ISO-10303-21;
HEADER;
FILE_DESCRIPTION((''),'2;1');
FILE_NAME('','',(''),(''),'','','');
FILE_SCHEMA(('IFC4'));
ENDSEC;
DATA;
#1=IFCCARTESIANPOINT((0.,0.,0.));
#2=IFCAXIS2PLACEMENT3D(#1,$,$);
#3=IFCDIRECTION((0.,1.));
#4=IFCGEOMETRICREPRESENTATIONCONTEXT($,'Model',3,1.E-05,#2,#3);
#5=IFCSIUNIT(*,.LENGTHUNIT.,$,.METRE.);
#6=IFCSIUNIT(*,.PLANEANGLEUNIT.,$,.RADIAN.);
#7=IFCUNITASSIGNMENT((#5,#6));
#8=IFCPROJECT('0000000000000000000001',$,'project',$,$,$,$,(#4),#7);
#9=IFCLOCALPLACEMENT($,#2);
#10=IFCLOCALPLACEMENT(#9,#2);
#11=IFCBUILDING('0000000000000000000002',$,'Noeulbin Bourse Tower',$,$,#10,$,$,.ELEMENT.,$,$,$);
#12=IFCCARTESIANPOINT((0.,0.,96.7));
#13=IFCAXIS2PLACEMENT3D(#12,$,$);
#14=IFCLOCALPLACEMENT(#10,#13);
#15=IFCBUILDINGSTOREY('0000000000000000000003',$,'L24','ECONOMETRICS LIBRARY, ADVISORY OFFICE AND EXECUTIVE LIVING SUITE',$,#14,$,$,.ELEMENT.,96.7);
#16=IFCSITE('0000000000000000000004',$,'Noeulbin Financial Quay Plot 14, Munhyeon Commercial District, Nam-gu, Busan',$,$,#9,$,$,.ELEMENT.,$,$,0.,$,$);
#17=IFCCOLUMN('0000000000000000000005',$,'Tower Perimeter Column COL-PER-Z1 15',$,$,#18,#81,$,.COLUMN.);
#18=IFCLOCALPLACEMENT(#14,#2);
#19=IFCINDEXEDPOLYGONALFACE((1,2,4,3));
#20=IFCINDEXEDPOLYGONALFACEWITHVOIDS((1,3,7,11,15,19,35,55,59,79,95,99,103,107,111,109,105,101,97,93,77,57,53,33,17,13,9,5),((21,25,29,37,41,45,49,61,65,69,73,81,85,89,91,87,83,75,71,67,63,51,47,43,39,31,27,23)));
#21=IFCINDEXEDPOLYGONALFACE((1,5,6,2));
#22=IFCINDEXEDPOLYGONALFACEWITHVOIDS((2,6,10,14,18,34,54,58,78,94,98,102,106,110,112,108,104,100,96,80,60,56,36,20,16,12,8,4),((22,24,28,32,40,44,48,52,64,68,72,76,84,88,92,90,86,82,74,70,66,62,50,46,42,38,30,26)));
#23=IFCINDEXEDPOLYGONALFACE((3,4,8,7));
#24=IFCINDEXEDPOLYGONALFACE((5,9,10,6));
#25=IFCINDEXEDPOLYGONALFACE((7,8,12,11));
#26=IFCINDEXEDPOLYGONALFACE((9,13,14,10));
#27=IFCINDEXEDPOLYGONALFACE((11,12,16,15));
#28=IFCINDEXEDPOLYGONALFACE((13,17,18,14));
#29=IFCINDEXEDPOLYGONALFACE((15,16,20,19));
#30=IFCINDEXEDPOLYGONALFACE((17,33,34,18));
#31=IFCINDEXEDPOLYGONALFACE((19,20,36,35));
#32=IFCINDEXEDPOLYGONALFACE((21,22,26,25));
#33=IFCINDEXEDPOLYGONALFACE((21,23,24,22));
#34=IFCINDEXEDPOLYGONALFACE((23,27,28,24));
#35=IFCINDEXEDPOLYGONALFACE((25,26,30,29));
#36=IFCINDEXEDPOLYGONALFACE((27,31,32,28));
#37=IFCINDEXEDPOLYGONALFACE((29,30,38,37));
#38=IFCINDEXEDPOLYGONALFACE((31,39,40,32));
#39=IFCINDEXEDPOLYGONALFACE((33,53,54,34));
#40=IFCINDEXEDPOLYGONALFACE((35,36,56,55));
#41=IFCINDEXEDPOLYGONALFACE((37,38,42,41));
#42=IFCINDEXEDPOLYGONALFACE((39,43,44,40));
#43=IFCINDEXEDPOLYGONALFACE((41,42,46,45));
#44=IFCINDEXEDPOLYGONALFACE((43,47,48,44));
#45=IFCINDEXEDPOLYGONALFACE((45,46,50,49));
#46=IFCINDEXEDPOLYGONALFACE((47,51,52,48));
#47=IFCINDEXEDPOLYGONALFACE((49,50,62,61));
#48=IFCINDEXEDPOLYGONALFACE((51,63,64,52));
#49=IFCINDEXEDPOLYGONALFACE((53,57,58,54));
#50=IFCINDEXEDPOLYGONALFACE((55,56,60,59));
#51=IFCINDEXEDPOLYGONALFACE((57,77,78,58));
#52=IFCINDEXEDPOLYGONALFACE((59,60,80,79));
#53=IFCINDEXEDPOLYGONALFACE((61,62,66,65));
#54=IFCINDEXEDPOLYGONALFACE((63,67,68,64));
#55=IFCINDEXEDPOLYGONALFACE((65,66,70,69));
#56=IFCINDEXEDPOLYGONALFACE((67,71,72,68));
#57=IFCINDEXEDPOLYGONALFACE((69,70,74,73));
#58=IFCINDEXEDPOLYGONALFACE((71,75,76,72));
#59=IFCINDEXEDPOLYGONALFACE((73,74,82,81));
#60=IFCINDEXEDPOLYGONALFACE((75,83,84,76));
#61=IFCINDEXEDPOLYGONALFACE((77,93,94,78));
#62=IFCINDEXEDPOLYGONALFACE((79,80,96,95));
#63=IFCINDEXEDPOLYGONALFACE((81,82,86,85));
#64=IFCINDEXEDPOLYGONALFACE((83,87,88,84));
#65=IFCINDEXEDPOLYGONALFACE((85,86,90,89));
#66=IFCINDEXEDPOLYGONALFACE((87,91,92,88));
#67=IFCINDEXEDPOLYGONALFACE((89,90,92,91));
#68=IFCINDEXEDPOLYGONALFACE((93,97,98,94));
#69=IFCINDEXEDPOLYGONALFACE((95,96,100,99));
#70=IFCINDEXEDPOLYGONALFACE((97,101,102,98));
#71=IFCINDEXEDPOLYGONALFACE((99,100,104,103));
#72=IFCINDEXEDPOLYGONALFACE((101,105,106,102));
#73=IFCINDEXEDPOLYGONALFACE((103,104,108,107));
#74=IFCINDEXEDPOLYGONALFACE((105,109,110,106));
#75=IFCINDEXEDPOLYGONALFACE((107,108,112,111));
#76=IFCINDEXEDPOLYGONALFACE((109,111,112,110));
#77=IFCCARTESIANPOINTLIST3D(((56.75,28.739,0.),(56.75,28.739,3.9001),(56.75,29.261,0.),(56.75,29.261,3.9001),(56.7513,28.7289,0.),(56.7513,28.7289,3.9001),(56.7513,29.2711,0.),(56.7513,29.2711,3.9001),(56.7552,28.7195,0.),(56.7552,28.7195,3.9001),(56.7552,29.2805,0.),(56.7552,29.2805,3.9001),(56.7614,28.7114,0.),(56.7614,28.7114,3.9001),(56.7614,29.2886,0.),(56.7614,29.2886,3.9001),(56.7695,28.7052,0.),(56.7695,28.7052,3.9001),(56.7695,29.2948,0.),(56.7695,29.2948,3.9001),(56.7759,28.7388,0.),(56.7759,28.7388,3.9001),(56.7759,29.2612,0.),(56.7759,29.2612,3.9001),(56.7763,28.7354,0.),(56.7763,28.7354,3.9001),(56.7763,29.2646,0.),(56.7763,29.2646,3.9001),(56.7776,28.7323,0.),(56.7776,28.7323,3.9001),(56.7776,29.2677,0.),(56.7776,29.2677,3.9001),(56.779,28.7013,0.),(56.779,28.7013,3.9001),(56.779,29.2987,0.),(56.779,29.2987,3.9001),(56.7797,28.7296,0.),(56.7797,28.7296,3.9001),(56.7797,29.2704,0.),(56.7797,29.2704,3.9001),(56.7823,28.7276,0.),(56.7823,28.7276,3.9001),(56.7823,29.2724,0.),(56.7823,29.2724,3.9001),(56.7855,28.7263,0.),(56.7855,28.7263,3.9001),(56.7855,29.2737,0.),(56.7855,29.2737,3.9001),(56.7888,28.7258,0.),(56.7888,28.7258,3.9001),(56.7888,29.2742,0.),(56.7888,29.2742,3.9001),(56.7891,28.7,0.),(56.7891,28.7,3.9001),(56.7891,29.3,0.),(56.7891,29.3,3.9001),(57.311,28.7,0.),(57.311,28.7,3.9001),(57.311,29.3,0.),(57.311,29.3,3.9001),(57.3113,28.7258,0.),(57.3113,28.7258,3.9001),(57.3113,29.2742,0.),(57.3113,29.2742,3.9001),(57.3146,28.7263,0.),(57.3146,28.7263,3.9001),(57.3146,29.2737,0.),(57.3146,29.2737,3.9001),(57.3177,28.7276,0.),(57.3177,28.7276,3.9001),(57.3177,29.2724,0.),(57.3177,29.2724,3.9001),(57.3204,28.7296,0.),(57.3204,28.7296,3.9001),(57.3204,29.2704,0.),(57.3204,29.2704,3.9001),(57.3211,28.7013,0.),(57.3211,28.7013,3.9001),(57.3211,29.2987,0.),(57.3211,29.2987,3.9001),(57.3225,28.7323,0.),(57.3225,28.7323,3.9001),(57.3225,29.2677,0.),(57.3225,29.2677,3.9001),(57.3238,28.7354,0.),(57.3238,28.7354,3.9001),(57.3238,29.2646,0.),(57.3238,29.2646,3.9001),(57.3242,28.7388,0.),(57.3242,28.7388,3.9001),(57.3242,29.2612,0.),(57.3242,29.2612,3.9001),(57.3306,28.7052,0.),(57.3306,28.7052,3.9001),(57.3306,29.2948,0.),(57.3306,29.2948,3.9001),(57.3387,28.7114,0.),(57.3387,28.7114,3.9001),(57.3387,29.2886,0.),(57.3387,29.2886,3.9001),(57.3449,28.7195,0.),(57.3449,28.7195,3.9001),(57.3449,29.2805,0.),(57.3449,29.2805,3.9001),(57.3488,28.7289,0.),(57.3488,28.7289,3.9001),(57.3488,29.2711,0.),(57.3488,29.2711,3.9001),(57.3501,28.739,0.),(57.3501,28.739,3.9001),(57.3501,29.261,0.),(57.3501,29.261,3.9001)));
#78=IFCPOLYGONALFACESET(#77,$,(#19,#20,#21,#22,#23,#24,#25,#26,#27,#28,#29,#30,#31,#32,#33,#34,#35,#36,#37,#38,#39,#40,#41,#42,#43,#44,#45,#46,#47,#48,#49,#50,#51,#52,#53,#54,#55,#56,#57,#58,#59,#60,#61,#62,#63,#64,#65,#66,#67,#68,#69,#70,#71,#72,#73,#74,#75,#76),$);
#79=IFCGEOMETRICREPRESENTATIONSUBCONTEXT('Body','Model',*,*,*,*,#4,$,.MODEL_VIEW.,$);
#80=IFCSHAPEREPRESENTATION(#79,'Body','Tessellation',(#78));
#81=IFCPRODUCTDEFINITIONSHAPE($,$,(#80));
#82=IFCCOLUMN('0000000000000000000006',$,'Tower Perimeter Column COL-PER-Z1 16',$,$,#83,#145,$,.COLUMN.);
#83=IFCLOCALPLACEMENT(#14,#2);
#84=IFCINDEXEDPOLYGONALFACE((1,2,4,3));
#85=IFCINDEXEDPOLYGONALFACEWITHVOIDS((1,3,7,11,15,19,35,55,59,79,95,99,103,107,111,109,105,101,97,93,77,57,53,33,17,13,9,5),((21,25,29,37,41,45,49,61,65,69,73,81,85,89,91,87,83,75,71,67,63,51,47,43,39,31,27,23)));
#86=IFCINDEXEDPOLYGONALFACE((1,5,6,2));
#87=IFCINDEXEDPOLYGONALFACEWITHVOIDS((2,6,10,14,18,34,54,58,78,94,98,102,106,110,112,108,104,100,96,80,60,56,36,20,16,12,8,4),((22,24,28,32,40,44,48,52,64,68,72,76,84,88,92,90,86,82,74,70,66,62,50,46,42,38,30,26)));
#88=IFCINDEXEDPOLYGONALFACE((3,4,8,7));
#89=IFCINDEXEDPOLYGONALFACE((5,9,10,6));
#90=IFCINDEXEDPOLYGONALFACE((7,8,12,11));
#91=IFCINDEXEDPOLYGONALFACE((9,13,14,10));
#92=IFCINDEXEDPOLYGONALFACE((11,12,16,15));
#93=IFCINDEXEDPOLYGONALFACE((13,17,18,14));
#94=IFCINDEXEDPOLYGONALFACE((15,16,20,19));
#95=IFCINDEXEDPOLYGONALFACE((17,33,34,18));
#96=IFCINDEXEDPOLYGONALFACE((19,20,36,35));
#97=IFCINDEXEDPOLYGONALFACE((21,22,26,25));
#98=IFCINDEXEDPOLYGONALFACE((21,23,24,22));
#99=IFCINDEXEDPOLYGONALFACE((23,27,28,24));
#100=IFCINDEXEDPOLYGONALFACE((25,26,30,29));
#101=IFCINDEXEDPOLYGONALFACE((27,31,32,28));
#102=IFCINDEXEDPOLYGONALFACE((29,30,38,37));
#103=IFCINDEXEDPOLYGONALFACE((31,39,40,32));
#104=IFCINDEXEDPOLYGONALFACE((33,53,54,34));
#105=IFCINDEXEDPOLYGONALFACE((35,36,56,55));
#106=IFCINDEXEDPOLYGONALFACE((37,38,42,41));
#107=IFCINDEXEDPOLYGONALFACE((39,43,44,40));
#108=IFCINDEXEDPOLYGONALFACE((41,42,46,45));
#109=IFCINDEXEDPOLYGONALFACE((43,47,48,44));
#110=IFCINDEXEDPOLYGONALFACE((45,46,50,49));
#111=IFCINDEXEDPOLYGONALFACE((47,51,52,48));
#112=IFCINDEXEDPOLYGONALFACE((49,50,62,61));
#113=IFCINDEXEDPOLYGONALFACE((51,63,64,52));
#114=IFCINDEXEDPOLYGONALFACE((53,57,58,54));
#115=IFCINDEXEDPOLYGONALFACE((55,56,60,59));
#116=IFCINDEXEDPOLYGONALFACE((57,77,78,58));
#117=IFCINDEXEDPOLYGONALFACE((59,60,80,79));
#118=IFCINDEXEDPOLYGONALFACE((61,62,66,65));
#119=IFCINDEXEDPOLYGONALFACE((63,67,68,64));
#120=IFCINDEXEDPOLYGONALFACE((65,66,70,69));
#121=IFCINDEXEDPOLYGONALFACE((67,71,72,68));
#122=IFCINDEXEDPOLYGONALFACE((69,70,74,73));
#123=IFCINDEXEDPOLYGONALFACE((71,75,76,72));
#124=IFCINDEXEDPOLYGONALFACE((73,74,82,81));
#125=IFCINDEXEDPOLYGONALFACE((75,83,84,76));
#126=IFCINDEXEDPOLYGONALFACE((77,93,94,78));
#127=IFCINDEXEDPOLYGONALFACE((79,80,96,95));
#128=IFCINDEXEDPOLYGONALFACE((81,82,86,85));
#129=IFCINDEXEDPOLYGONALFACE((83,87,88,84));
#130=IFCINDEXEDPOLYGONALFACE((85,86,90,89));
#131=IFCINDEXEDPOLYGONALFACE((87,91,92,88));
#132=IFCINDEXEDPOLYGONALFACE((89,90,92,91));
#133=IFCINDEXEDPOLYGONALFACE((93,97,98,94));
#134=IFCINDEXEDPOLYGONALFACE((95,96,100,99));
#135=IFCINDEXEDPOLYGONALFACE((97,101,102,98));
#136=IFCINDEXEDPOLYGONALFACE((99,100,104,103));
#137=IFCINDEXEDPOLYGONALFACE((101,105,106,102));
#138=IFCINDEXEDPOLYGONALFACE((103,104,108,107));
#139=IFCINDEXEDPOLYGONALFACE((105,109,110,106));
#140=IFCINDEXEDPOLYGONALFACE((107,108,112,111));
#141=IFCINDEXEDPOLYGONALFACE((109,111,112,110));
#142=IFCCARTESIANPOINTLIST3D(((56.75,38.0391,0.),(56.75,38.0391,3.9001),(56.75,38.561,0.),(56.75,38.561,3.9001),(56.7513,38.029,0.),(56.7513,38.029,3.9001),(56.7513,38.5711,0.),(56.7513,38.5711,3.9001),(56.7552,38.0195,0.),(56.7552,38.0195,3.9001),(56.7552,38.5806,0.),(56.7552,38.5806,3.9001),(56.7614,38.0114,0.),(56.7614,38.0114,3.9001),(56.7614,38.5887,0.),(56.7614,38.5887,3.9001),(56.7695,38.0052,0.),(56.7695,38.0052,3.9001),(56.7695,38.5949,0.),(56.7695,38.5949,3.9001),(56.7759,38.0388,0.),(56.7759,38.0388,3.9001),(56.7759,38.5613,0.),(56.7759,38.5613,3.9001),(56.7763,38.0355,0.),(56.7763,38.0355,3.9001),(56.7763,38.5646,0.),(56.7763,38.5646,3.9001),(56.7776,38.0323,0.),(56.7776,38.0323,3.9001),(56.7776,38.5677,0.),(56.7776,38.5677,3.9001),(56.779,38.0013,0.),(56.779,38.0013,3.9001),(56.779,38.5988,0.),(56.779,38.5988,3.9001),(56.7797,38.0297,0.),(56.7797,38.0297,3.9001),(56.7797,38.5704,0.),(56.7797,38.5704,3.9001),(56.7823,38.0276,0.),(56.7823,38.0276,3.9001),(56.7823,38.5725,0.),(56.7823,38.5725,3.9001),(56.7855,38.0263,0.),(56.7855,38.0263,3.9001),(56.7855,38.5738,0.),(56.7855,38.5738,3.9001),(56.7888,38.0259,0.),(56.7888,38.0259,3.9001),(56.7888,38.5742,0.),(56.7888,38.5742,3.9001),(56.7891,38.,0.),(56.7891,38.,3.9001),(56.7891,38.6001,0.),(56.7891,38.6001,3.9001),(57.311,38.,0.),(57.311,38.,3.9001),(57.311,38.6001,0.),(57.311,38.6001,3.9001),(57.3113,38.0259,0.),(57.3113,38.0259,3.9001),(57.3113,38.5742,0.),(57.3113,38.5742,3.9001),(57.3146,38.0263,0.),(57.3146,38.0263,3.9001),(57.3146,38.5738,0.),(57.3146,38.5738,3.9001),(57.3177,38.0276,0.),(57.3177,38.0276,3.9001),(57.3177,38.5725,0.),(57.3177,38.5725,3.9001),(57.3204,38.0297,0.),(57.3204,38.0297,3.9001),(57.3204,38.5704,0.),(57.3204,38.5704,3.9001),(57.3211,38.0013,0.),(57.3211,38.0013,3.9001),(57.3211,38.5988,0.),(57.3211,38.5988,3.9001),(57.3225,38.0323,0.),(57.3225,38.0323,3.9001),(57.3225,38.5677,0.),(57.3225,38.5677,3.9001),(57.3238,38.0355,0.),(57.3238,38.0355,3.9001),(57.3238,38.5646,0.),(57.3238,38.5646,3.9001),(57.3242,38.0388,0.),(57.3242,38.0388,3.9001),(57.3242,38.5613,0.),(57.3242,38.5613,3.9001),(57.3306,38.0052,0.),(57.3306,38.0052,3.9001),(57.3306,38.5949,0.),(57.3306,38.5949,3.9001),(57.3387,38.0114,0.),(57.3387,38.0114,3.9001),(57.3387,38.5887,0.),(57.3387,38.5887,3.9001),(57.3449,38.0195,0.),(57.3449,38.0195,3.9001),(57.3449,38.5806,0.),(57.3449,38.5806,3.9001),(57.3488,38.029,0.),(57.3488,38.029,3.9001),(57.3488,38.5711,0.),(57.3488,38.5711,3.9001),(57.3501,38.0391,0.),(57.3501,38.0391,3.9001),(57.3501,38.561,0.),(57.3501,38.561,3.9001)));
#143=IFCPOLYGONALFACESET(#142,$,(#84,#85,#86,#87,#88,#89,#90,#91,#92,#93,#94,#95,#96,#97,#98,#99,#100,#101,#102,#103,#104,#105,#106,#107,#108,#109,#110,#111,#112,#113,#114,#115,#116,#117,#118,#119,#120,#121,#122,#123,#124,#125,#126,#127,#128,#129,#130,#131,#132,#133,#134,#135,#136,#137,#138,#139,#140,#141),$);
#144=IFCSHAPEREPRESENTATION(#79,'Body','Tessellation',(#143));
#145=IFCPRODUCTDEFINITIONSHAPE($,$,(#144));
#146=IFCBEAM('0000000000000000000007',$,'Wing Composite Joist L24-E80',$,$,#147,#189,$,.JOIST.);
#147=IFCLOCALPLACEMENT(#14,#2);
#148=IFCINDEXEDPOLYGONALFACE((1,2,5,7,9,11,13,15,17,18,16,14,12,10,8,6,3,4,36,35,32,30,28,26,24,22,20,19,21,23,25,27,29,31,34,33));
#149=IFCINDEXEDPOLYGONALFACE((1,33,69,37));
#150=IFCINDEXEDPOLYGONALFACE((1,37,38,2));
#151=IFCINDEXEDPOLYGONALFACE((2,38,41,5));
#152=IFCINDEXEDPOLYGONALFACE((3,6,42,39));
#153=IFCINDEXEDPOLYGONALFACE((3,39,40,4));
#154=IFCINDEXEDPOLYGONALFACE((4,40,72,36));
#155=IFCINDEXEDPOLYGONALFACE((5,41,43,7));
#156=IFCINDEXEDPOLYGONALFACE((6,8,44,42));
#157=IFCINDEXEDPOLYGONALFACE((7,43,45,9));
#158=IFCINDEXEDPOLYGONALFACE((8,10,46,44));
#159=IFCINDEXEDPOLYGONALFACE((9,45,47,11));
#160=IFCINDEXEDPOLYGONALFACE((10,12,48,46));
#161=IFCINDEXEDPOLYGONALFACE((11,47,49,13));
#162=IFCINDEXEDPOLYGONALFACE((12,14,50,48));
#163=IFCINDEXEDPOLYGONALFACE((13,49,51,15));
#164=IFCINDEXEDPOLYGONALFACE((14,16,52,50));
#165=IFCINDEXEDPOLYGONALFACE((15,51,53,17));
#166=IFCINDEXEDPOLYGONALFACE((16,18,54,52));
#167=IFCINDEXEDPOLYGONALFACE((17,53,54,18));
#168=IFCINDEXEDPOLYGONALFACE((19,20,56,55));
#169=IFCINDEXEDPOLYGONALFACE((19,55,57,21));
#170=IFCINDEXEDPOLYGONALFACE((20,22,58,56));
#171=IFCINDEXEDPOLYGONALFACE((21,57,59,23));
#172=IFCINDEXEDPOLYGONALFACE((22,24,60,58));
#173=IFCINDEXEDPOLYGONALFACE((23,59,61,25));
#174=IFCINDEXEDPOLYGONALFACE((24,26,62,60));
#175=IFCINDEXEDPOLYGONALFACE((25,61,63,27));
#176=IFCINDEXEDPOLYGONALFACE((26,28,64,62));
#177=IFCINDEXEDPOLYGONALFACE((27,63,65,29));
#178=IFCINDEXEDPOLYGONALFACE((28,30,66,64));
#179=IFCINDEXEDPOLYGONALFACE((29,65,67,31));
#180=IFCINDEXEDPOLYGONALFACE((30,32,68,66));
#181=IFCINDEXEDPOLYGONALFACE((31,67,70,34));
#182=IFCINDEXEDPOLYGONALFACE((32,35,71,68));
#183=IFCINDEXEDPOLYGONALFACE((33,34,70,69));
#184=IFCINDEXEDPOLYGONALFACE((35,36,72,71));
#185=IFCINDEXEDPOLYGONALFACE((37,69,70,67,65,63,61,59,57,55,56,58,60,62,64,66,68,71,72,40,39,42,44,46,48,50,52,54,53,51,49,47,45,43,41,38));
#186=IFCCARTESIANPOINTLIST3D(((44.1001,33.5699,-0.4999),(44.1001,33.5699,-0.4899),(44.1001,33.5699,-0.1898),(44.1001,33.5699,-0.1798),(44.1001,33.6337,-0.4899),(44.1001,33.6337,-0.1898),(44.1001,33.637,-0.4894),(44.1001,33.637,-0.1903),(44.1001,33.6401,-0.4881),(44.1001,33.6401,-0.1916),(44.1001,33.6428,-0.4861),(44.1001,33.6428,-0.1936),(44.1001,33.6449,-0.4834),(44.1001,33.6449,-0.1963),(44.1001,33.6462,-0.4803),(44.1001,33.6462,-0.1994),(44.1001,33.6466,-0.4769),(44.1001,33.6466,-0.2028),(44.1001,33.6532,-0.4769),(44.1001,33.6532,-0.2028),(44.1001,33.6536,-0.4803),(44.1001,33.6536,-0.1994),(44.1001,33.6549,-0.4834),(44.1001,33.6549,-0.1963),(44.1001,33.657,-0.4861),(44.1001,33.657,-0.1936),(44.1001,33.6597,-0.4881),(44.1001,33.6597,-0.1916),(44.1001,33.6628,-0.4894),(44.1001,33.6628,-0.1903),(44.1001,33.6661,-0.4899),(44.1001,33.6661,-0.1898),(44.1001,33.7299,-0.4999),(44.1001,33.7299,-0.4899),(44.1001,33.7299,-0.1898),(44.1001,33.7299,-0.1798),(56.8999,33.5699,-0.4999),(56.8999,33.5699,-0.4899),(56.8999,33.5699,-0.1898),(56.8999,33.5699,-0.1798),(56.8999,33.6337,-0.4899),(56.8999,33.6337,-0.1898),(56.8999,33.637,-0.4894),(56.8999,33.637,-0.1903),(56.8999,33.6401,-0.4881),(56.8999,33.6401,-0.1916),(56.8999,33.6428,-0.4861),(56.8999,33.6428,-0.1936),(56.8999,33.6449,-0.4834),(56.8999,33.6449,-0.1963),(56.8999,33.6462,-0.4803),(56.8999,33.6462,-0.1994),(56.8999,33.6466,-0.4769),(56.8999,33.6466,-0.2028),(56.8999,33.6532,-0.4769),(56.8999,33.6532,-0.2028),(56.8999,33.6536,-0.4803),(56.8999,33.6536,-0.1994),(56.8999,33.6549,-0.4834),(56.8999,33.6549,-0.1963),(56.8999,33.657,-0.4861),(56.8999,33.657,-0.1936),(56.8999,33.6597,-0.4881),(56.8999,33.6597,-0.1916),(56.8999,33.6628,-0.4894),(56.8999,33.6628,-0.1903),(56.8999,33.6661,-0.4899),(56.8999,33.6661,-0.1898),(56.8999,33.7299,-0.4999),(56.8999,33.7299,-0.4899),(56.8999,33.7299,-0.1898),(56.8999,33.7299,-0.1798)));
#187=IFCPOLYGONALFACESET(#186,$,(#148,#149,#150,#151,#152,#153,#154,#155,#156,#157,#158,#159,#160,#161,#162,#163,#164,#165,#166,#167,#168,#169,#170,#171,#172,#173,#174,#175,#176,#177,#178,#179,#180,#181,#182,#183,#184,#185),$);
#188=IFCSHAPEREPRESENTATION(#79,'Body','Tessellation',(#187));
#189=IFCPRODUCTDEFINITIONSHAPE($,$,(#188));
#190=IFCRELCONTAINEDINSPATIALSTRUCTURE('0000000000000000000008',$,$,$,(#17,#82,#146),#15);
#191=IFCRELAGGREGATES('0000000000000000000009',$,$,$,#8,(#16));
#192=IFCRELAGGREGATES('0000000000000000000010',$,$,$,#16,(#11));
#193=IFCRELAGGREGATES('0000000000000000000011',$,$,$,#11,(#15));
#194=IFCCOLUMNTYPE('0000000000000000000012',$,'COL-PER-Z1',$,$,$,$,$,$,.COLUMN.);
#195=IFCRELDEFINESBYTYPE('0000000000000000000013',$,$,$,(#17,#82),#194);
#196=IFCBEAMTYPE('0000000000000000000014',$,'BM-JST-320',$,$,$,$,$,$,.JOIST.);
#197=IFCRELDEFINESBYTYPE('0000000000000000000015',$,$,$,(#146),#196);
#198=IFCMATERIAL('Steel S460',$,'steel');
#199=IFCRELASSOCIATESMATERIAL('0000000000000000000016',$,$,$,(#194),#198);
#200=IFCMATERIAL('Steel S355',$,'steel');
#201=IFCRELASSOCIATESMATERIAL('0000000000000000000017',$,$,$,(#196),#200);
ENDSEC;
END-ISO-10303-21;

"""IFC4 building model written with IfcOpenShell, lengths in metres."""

from ifc_helpers import new_model, si_unit, direction, frame, origin, origin_2d, place, context, subcontext, project, spatial, hollow_rectangle, i_section, extrude, material, material_profile, profile_set, type_object, element, save


model = new_model("IFC4")

# Units and contexts
model_context = context("Model", 3, precision=1e-05, world=origin(), true_north=direction((0.0, 1.0)))
body_context = subcontext(model_context, "Body", "Model", "MODEL_VIEW")
ifc_project = project(units=[si_unit("LENGTHUNIT", "METRE"), si_unit("PLANEANGLEUNIT", "RADIAN")], contexts=[model_context])

# Site, building, storey
site_placement = place(None, origin())
site = spatial("IfcSite", under=ifc_project, at=site_placement, Name="Noeulbin Financial Quay Plot 14, Munhyeon Commercial District, Nam-gu, Busan", CompositionType="ELEMENT", RefElevation=0.0)
building_placement = place(site_placement, origin())
building = spatial("IfcBuilding", under=site, at=building_placement, Name="Noeulbin Bourse Tower", CompositionType="ELEMENT")
storey_placement = place(building_placement, frame((0.0, 0.0, 96.7)))
storey = spatial("IfcBuildingStorey", under=building, at=storey_placement, Name="L24", Description="ECONOMETRICS LIBRARY, ADVISORY OFFICE AND EXECUTIVE LIVING SUITE", CompositionType="ELEMENT", Elevation=96.7)

# Columns
ifc_material_1 = material(Name="Steel S460", Category="steel")
ifc_material_profile_1 = material_profile(ifc_material_1, hollow_rectangle(XDim=0.6001, YDim=0.6001, WallThickness=0.0259, InnerFilletRadius=0.0129, OuterFilletRadius=0.0391, at=origin_2d()), Name="BOX-600x600x26", Category="LoadBearing")
ifc_profile_set_1 = profile_set([ifc_material_profile_1], Name="Steel S460")
column_type = type_object("IfcColumnType", Name="COL-PER-Z1", PredefinedType="COLUMN", material=ifc_profile_set_1)
for number, where, z_axis, x_axis, name in (
    (1, (57.05, 29.0, 0.0), (0.0, 0.0, 1.0), (1.0, 0.0, 0.0), "Tower Perimeter Column COL-PER-Z1 15"),
    (2, (57.05, 38.3, 0.0), (0.0, 0.0, 1.0), (1.0, 0.0, 0.0), "Tower Perimeter Column COL-PER-Z1 16"),
):
    element("IfcColumn", number, at=place(storey_placement, frame(where, z_axis=z_axis, x_axis=x_axis)), inside=storey, type_object=column_type, Name=name, PredefinedType="COLUMN", context=body_context, shape_type="SweptSolid", body=[
        extrude(hollow_rectangle(XDim=0.6001, YDim=0.6001, WallThickness=0.0259, InnerFilletRadius=0.0129, OuterFilletRadius=0.0391, at=origin_2d()), origin(), (0.0, 0.0, 1.0), 3.9001),
    ])

# Beam
ifc_material_2 = material(Name="Steel S355", Category="steel")
ifc_material_profile_2 = material_profile(ifc_material_2, i_section(OverallWidth=0.1599, OverallDepth=0.3201, WebThickness=0.0066, FlangeThickness=0.01, FilletRadius=0.0129, at=origin_2d()), Name="H-320x160x6.5x10", Category="LoadBearing")
ifc_profile_set_2 = profile_set([ifc_material_profile_2], Name="Steel S355")
beam_type_1 = type_object("IfcBeamType", Name="BM-JST-320", PredefinedType="JOIST", material=ifc_profile_set_2)
for number, where, z_axis, x_axis, name in (
    (3, (44.1001, 33.6499, -0.3398), (1.0, 0.0, 0.0), (0.0, 1.0, 0.0), "Wing Composite Joist L24-E80"),
):
    element("IfcBeam", number, at=place(storey_placement, frame(where, z_axis=z_axis, x_axis=x_axis)), inside=storey, type_object=beam_type_1, Name=name, PredefinedType="JOIST", context=body_context, shape_type="SweptSolid", body=[
        extrude(i_section(OverallWidth=0.1599, OverallDepth=0.3201, WebThickness=0.0066, FlangeThickness=0.01, FilletRadius=0.0129, at=origin_2d()), origin(), (0.0, 0.0, 1.0), 12.7998),
    ])

save(model, "model.ifc")
